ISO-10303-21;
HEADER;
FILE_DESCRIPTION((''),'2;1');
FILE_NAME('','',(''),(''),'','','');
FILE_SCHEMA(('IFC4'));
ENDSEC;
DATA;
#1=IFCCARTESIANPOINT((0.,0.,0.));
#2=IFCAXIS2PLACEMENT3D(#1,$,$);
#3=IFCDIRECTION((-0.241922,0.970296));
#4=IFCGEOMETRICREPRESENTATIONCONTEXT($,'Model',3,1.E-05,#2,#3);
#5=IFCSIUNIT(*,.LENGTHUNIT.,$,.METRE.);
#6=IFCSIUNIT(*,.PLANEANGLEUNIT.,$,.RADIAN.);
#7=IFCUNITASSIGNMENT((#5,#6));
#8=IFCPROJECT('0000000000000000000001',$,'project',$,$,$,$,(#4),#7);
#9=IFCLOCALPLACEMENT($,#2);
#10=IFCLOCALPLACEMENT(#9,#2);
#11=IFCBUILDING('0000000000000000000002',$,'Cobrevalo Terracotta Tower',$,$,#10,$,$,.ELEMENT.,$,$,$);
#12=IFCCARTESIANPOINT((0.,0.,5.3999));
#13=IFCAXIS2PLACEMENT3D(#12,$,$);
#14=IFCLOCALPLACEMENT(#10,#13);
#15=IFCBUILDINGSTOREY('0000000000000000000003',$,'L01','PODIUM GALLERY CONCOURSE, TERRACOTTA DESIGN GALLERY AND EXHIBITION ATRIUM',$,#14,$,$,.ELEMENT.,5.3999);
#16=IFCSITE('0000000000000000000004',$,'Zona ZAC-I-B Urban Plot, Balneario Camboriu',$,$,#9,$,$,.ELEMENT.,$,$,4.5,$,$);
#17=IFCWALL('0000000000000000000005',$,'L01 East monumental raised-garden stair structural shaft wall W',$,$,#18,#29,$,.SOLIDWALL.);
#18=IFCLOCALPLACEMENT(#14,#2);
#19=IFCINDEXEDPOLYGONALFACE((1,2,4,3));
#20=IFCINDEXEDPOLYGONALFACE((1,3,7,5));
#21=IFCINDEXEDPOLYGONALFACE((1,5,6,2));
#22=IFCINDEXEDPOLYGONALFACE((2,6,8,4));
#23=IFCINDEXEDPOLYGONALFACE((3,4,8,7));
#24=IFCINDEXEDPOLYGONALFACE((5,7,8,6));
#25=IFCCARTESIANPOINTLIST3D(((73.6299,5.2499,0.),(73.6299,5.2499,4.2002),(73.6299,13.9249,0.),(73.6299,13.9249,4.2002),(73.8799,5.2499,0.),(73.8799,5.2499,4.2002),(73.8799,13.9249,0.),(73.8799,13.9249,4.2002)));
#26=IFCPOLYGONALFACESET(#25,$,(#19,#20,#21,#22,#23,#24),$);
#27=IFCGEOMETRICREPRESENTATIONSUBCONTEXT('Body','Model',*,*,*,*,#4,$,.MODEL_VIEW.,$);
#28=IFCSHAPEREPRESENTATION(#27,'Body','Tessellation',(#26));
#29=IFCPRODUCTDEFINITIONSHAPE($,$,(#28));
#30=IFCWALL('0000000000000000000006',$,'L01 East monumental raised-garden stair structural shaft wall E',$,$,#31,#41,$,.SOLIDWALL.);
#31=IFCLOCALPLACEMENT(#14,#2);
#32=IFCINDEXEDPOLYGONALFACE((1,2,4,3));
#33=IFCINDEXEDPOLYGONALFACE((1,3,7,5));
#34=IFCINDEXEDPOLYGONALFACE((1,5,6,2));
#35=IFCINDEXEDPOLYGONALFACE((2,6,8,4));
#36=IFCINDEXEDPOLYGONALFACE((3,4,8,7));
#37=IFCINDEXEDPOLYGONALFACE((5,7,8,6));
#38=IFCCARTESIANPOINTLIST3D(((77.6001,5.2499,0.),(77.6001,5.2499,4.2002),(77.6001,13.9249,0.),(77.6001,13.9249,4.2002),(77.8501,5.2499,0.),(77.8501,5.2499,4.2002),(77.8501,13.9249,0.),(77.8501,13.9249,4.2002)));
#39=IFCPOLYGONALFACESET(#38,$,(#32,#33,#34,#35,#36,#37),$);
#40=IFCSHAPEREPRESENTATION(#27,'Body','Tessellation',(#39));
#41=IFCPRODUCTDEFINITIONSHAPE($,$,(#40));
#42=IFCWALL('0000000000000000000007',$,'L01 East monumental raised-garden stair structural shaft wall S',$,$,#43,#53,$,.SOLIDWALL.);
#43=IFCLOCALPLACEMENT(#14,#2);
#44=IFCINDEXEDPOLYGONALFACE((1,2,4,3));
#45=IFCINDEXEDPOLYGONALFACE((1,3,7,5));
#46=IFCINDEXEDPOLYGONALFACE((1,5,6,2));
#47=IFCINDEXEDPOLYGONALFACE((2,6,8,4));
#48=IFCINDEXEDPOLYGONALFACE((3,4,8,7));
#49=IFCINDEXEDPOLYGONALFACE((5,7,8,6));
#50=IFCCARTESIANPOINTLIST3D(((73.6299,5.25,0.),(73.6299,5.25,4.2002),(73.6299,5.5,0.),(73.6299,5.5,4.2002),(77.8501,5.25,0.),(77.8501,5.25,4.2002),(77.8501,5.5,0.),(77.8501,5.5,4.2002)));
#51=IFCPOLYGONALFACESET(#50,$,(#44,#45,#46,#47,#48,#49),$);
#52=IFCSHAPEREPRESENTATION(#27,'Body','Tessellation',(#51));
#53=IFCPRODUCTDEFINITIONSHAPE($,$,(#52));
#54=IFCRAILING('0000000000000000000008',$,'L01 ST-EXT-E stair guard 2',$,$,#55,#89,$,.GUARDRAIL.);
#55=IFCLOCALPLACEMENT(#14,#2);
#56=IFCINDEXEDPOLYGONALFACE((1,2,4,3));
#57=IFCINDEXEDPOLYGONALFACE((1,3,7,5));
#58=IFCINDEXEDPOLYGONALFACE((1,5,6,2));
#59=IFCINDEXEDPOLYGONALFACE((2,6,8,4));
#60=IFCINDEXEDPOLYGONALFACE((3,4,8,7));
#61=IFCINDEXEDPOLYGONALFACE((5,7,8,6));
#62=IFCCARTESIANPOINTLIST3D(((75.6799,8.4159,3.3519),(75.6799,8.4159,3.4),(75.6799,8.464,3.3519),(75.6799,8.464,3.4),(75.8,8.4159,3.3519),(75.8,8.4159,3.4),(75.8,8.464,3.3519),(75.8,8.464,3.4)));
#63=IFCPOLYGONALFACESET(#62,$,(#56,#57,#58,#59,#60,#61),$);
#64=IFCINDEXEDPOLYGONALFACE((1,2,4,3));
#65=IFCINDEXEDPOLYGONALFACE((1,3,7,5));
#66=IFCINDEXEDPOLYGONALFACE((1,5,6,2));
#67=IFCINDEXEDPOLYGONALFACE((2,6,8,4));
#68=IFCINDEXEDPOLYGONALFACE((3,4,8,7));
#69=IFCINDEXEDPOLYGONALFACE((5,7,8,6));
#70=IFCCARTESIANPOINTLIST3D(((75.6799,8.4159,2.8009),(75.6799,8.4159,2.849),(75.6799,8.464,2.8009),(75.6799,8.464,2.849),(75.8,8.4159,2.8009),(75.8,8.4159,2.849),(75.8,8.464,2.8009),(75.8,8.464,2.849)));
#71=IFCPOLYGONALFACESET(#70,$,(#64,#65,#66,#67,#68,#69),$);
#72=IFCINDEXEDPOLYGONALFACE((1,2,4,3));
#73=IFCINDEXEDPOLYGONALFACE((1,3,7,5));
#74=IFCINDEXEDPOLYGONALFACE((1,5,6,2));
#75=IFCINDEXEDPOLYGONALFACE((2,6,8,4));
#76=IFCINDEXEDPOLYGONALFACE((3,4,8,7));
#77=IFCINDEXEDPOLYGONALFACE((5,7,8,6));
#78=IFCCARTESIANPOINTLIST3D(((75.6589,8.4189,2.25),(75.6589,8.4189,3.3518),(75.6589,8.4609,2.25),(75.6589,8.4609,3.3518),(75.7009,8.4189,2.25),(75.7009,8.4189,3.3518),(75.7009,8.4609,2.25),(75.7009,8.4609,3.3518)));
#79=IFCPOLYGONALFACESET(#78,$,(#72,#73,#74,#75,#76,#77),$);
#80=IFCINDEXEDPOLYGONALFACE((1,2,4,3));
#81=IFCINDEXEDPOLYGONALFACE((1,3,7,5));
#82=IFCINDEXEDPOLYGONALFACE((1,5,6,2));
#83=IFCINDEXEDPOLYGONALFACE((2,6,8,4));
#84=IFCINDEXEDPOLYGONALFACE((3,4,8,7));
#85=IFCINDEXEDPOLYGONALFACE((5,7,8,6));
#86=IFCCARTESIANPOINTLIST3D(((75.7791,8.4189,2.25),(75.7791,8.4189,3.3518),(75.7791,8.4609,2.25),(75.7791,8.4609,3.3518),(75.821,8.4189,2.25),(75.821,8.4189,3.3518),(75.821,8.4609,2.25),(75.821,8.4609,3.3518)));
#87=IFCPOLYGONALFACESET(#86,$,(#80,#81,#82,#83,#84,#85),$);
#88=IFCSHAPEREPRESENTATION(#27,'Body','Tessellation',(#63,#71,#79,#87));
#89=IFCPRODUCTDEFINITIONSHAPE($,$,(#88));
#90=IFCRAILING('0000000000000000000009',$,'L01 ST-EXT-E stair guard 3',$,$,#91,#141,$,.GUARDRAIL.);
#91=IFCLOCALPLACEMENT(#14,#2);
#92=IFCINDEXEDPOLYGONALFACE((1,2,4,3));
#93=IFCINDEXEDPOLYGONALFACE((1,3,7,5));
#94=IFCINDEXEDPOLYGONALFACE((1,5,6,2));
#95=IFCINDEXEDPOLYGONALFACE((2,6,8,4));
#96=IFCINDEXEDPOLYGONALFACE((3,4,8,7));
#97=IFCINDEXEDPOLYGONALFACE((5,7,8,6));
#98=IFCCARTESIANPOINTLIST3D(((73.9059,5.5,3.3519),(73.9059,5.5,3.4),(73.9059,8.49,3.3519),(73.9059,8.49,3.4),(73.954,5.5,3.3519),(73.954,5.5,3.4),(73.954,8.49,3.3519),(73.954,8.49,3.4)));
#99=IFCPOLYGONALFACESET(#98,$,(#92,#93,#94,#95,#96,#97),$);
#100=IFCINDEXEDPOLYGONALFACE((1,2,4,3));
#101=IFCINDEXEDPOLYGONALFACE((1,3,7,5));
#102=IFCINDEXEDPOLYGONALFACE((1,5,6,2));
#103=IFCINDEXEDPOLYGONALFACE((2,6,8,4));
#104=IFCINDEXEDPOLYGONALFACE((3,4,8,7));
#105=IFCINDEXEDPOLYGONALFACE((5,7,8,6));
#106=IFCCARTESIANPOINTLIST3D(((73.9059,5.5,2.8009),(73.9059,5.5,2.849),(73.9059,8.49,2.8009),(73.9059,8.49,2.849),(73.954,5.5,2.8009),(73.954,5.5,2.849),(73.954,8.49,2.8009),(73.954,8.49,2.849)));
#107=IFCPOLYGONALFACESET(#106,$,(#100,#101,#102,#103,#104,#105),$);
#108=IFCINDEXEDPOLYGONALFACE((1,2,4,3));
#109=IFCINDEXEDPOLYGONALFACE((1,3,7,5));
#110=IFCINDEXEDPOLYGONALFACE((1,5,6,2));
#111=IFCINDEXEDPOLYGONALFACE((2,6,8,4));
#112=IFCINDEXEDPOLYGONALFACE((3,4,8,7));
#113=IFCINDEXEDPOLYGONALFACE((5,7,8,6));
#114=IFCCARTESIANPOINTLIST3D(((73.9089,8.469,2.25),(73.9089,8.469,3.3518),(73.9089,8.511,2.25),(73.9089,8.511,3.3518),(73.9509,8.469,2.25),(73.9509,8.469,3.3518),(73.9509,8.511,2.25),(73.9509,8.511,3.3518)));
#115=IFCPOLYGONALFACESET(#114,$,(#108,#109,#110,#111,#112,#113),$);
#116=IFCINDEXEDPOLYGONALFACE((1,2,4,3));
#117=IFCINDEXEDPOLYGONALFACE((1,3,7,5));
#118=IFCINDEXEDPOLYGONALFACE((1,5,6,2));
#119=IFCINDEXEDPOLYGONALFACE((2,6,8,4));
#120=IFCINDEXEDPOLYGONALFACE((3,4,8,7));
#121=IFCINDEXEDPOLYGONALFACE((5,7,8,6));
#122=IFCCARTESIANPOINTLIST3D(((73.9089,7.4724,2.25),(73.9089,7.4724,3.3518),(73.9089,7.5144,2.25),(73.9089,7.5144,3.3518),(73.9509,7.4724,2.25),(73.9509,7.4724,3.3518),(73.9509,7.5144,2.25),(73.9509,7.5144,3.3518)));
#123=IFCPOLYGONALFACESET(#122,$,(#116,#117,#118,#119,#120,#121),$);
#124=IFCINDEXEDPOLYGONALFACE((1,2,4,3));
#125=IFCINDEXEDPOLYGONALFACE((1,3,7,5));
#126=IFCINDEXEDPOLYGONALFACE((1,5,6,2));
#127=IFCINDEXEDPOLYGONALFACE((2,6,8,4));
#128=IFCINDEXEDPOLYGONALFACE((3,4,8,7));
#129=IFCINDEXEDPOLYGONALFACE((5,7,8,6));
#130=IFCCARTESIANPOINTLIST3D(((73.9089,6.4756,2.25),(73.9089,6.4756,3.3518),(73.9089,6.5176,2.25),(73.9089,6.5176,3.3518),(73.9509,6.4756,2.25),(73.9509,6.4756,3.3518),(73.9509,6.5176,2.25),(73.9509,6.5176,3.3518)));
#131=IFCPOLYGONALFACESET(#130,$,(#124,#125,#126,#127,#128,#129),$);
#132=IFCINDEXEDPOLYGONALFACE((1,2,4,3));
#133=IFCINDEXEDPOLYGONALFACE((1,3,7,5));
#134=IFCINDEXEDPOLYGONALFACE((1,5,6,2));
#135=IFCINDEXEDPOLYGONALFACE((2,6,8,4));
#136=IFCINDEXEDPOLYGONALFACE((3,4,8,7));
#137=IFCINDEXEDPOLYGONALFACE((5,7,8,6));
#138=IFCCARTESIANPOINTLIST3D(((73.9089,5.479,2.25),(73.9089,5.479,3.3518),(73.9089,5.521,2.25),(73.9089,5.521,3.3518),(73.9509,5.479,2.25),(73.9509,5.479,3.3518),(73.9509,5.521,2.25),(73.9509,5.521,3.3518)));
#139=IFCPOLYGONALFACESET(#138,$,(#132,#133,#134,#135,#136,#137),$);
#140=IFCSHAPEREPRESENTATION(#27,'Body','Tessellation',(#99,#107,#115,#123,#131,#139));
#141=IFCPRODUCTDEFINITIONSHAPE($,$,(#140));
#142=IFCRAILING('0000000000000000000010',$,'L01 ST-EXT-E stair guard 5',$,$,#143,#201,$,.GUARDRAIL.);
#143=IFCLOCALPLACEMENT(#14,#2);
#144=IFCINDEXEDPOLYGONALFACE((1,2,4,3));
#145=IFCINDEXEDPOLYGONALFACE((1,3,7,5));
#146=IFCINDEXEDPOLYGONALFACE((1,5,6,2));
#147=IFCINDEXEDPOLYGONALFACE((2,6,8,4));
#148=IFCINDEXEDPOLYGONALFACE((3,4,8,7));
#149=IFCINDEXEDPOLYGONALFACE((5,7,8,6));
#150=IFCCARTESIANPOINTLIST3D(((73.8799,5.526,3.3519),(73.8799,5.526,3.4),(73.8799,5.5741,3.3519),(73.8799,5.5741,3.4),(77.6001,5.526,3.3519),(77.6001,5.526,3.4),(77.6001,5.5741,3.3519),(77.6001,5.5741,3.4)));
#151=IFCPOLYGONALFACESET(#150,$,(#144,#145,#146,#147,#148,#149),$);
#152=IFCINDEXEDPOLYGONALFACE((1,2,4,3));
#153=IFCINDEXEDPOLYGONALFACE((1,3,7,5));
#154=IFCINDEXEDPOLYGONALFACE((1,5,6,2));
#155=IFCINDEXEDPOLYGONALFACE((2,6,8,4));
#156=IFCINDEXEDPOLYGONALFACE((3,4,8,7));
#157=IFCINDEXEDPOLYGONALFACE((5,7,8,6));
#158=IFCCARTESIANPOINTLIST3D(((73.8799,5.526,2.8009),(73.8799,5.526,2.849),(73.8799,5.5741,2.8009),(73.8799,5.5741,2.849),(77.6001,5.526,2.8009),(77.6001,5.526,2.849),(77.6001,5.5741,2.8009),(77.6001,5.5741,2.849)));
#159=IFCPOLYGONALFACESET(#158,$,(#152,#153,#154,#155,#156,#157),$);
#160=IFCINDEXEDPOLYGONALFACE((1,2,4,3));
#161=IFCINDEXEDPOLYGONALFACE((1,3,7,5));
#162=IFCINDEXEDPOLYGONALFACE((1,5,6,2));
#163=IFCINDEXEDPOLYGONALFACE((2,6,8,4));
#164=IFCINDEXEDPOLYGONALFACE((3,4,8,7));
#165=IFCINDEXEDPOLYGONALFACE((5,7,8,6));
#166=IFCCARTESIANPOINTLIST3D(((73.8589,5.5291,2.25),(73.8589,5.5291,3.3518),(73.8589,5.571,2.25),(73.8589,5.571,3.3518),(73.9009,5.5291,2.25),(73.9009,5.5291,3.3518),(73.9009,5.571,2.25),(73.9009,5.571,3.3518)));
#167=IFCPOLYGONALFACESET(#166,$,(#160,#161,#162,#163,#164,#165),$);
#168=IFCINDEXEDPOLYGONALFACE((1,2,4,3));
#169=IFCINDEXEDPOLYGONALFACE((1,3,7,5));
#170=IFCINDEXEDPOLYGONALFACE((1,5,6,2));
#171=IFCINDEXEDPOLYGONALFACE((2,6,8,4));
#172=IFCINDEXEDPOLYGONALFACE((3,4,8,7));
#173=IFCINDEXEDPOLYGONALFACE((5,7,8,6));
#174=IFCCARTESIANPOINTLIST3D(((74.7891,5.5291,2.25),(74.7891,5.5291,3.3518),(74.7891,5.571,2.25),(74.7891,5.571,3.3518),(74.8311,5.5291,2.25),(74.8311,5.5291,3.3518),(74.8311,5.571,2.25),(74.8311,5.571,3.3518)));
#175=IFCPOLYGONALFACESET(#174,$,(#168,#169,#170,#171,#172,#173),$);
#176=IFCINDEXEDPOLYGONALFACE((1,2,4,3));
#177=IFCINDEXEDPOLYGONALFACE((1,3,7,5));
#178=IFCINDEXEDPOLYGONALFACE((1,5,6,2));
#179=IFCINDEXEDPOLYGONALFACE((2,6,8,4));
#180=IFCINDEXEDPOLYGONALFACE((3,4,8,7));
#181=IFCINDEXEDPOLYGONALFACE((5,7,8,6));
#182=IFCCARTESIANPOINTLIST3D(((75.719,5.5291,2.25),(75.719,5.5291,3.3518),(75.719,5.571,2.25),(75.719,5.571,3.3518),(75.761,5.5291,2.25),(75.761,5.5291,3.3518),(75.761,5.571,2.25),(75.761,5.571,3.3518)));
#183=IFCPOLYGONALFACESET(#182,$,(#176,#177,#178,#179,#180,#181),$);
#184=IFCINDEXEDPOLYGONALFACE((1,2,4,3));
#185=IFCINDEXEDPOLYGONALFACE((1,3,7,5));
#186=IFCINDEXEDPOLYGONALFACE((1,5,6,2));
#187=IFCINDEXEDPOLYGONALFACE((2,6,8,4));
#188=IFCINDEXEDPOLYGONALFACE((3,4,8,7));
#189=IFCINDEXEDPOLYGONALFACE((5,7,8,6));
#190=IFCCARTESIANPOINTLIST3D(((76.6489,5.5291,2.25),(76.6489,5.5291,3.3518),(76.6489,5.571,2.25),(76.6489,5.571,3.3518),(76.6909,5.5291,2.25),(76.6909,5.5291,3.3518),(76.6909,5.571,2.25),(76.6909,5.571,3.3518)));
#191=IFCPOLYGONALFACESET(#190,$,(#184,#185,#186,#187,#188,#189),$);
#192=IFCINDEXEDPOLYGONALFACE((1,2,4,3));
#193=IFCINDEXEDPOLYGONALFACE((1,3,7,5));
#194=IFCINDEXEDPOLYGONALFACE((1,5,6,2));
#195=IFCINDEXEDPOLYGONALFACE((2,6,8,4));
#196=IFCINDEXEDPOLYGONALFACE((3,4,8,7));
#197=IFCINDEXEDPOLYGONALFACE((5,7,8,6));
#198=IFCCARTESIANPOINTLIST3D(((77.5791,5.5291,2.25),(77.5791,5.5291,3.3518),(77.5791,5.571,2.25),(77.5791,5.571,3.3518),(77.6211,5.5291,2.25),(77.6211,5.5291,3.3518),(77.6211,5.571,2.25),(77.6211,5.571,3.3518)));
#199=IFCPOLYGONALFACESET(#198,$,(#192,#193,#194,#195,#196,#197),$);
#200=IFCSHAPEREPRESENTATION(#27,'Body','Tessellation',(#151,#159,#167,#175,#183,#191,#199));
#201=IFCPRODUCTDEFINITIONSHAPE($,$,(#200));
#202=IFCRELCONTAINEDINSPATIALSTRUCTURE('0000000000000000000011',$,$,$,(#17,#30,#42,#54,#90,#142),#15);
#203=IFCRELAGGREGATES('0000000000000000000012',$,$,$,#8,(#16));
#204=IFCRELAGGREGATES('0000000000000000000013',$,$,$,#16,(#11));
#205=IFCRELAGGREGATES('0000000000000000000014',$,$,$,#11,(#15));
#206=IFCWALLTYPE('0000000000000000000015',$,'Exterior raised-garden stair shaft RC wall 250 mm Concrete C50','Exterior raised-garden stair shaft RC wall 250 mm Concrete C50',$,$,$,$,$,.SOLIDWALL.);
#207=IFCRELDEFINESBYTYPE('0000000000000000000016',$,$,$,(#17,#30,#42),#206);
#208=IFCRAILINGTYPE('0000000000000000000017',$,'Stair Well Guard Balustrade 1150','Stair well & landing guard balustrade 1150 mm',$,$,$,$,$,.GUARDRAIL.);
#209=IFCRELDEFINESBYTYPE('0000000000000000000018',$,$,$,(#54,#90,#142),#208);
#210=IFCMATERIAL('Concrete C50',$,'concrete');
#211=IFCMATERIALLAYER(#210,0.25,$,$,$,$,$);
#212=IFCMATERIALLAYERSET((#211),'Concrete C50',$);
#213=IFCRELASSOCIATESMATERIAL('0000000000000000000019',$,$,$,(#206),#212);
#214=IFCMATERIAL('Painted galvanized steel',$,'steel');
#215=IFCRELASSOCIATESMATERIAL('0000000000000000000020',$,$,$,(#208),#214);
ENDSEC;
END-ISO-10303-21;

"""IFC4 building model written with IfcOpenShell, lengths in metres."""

from ifc_helpers import new_model, si_unit, direction, frame, frame_2d, origin, origin_2d, place, context, subcontext, project, spatial, rectangle, extrude, material, layer, layer_set, type_object, element, save


model = new_model("IFC4")

# Units and contexts
model_context = context("Model", 3, precision=1e-05, world=origin(), true_north=direction((-0.241922, 0.970296)))
body_context = subcontext(model_context, "Body", "Model", "MODEL_VIEW")
ifc_project = project(units=[si_unit("LENGTHUNIT", "METRE"), si_unit("PLANEANGLEUNIT", "RADIAN")], contexts=[model_context])

# Site, building, storey
site_placement = place(None, origin())
site = spatial("IfcSite", under=ifc_project, at=site_placement, Name="Zona ZAC-I-B Urban Plot, Balneario Camboriu", CompositionType="ELEMENT", RefElevation=4.5)
building_placement = place(site_placement, origin())
building = spatial("IfcBuilding", under=site, at=building_placement, Name="Cobrevalo Terracotta Tower", CompositionType="ELEMENT")
storey_placement = place(building_placement, frame((0.0, 0.0, 5.3999)))
storey = spatial("IfcBuildingStorey", under=building, at=storey_placement, Name="L01", Description="PODIUM GALLERY CONCOURSE, TERRACOTTA DESIGN GALLERY AND EXHIBITION ATRIUM", CompositionType="ELEMENT", Elevation=5.3999)

# Shared definitions
ifc_material_1 = material(Name="Concrete C50", Category="concrete")

# Walls
ifc_layer_1 = layer(ifc_material_1, 0.25)
ifc_layer_set_1 = layer_set([ifc_layer_1], Name="Concrete C50")
wall_type_1 = type_object("IfcWallType", Name="Exterior raised-garden stair shaft RC wall 250 mm Concrete C50", Description="Exterior raised-garden stair shaft RC wall 250 mm Concrete C50", PredefinedType="SOLIDWALL", material=ifc_layer_set_1)
for number, where, z_axis, x_axis, name in (
    (1, (73.7549, 5.25, 0.0), (0.0, 0.0, 1.0), (0.0, 1.0, 0.0), "L01 East monumental raised-garden stair structural shaft wall W"),
    (2, (77.7251, 5.25, 0.0), (0.0, 0.0, 1.0), (0.0, 1.0, 0.0), "L01 East monumental raised-garden stair structural shaft wall E"),
):
    element("IfcWall", number, at=place(storey_placement, frame(where, z_axis=z_axis, x_axis=x_axis)), inside=storey, type_object=wall_type_1, Name=name, PredefinedType="SOLIDWALL", context=body_context, shape_type="SweptSolid", body=[
        extrude(rectangle(XDim=8.675, YDim=0.25, at=frame_2d((4.3374, 0.0))), origin(), (0.0, 0.0, 1.0), 4.2002),
    ])
wall_1_placement = place(storey_placement, frame((73.6299, 5.375, 0.0), z_axis=(0.0, 0.0, 1.0), x_axis=(1.0, 0.0, 0.0)))
element("IfcWall", 3, at=wall_1_placement, inside=storey, type_object=wall_type_1, Name="L01 East monumental raised-garden stair structural shaft wall S", PredefinedType="SOLIDWALL", context=body_context, shape_type="SweptSolid", body=[
    extrude(rectangle(XDim=4.2202, YDim=0.25, at=frame_2d((2.1101, 0.0))), origin(), (0.0, 0.0, 1.0), 4.2002),
])

# Railings
ifc_material_2 = material(Name="Painted galvanized steel", Category="steel")
railing_type = type_object("IfcRailingType", Name="Stair Well Guard Balustrade 1150", Description="Stair well & landing guard balustrade 1150 mm", PredefinedType="GUARDRAIL", material=ifc_material_2)
railing_1_placement = place(storey_placement, frame((75.6799, 8.4399, 2.25)))
element("IfcRailing", 4, at=railing_1_placement, inside=storey, type_object=railing_type, Name="L01 ST-EXT-E stair guard 2", PredefinedType="GUARDRAIL", context=body_context, shape_type="SweptSolid", body=[
    extrude(rectangle(XDim=0.0481, YDim=0.0481, at=origin_2d()), frame((0.0, 0.0, 1.126), z_axis=(1.0, 0.0, 0.0), x_axis=(0.0, 1.0, 0.0)), (0.0, 0.0, 1.0), 0.1201),
    extrude(rectangle(XDim=0.0481, YDim=0.0481, at=origin_2d()), frame((0.0, 0.0, 0.575), z_axis=(1.0, 0.0, 0.0), x_axis=(0.0, 1.0, 0.0)), (0.0, 0.0, 1.0), 0.1201),
    extrude(rectangle(XDim=0.042, YDim=0.042, at=origin_2d()), origin(), (0.0, 0.0, 1.0), 1.1018),
    extrude(rectangle(XDim=0.042, YDim=0.042, at=origin_2d()), frame((0.1201, 0.0, 0.0)), (0.0, 0.0, 1.0), 1.1018),
])
railing_2_placement = place(storey_placement, frame((73.9299, 8.49, 2.25)))
element("IfcRailing", 5, at=railing_2_placement, inside=storey, type_object=railing_type, Name="L01 ST-EXT-E stair guard 3", PredefinedType="GUARDRAIL", context=body_context, shape_type="SweptSolid", body=[
    extrude(rectangle(XDim=0.0481, YDim=0.0481, at=origin_2d()), frame((0.0, 0.0, 1.126), z_axis=(0.0, -1.0, 0.0), x_axis=(1.0, 0.0, 0.0)), (0.0, 0.0, 1.0), 2.99),
    extrude(rectangle(XDim=0.0481, YDim=0.0481, at=origin_2d()), frame((0.0, 0.0, 0.575), z_axis=(0.0, -1.0, 0.0), x_axis=(1.0, 0.0, 0.0)), (0.0, 0.0, 1.0), 2.99),
    extrude(rectangle(XDim=0.042, YDim=0.042, at=origin_2d()), origin(), (0.0, 0.0, 1.0), 1.1018),
    extrude(rectangle(XDim=0.042, YDim=0.042, at=origin_2d()), frame((0.0, -0.9966, 0.0)), (0.0, 0.0, 1.0), 1.1018),
    extrude(rectangle(XDim=0.042, YDim=0.042, at=origin_2d()), frame((0.0, -1.9934, 0.0)), (0.0, 0.0, 1.0), 1.1018),
    extrude(rectangle(XDim=0.042, YDim=0.042, at=origin_2d()), frame((0.0, -2.99, 0.0)), (0.0, 0.0, 1.0), 1.1018),
])
railing_3_placement = place(storey_placement, frame((73.8799, 5.55, 2.25)))
element("IfcRailing", 6, at=railing_3_placement, inside=storey, type_object=railing_type, Name="L01 ST-EXT-E stair guard 5", PredefinedType="GUARDRAIL", context=body_context, shape_type="SweptSolid", body=[
    extrude(rectangle(XDim=0.0481, YDim=0.0481, at=origin_2d()), frame((0.0, 0.0, 1.126), z_axis=(1.0, 0.0, 0.0), x_axis=(0.0, 1.0, 0.0)), (0.0, 0.0, 1.0), 3.7202),
    extrude(rectangle(XDim=0.0481, YDim=0.0481, at=origin_2d()), frame((0.0, 0.0, 0.575), z_axis=(1.0, 0.0, 0.0), x_axis=(0.0, 1.0, 0.0)), (0.0, 0.0, 1.0), 3.7202),
    extrude(rectangle(XDim=0.042, YDim=0.042, at=origin_2d()), origin(), (0.0, 0.0, 1.0), 1.1018),
    extrude(rectangle(XDim=0.042, YDim=0.042, at=origin_2d()), frame((0.9302, 0.0, 0.0)), (0.0, 0.0, 1.0), 1.1018),
    extrude(rectangle(XDim=0.042, YDim=0.042, at=origin_2d()), frame((1.8601, 0.0, 0.0)), (0.0, 0.0, 1.0), 1.1018),
    extrude(rectangle(XDim=0.042, YDim=0.042, at=origin_2d()), frame((2.79, 0.0, 0.0)), (0.0, 0.0, 1.0), 1.1018),
    extrude(rectangle(XDim=0.042, YDim=0.042, at=origin_2d()), frame((3.7202, 0.0, 0.0)), (0.0, 0.0, 1.0), 1.1018),
])

save(model, "model.ifc")
